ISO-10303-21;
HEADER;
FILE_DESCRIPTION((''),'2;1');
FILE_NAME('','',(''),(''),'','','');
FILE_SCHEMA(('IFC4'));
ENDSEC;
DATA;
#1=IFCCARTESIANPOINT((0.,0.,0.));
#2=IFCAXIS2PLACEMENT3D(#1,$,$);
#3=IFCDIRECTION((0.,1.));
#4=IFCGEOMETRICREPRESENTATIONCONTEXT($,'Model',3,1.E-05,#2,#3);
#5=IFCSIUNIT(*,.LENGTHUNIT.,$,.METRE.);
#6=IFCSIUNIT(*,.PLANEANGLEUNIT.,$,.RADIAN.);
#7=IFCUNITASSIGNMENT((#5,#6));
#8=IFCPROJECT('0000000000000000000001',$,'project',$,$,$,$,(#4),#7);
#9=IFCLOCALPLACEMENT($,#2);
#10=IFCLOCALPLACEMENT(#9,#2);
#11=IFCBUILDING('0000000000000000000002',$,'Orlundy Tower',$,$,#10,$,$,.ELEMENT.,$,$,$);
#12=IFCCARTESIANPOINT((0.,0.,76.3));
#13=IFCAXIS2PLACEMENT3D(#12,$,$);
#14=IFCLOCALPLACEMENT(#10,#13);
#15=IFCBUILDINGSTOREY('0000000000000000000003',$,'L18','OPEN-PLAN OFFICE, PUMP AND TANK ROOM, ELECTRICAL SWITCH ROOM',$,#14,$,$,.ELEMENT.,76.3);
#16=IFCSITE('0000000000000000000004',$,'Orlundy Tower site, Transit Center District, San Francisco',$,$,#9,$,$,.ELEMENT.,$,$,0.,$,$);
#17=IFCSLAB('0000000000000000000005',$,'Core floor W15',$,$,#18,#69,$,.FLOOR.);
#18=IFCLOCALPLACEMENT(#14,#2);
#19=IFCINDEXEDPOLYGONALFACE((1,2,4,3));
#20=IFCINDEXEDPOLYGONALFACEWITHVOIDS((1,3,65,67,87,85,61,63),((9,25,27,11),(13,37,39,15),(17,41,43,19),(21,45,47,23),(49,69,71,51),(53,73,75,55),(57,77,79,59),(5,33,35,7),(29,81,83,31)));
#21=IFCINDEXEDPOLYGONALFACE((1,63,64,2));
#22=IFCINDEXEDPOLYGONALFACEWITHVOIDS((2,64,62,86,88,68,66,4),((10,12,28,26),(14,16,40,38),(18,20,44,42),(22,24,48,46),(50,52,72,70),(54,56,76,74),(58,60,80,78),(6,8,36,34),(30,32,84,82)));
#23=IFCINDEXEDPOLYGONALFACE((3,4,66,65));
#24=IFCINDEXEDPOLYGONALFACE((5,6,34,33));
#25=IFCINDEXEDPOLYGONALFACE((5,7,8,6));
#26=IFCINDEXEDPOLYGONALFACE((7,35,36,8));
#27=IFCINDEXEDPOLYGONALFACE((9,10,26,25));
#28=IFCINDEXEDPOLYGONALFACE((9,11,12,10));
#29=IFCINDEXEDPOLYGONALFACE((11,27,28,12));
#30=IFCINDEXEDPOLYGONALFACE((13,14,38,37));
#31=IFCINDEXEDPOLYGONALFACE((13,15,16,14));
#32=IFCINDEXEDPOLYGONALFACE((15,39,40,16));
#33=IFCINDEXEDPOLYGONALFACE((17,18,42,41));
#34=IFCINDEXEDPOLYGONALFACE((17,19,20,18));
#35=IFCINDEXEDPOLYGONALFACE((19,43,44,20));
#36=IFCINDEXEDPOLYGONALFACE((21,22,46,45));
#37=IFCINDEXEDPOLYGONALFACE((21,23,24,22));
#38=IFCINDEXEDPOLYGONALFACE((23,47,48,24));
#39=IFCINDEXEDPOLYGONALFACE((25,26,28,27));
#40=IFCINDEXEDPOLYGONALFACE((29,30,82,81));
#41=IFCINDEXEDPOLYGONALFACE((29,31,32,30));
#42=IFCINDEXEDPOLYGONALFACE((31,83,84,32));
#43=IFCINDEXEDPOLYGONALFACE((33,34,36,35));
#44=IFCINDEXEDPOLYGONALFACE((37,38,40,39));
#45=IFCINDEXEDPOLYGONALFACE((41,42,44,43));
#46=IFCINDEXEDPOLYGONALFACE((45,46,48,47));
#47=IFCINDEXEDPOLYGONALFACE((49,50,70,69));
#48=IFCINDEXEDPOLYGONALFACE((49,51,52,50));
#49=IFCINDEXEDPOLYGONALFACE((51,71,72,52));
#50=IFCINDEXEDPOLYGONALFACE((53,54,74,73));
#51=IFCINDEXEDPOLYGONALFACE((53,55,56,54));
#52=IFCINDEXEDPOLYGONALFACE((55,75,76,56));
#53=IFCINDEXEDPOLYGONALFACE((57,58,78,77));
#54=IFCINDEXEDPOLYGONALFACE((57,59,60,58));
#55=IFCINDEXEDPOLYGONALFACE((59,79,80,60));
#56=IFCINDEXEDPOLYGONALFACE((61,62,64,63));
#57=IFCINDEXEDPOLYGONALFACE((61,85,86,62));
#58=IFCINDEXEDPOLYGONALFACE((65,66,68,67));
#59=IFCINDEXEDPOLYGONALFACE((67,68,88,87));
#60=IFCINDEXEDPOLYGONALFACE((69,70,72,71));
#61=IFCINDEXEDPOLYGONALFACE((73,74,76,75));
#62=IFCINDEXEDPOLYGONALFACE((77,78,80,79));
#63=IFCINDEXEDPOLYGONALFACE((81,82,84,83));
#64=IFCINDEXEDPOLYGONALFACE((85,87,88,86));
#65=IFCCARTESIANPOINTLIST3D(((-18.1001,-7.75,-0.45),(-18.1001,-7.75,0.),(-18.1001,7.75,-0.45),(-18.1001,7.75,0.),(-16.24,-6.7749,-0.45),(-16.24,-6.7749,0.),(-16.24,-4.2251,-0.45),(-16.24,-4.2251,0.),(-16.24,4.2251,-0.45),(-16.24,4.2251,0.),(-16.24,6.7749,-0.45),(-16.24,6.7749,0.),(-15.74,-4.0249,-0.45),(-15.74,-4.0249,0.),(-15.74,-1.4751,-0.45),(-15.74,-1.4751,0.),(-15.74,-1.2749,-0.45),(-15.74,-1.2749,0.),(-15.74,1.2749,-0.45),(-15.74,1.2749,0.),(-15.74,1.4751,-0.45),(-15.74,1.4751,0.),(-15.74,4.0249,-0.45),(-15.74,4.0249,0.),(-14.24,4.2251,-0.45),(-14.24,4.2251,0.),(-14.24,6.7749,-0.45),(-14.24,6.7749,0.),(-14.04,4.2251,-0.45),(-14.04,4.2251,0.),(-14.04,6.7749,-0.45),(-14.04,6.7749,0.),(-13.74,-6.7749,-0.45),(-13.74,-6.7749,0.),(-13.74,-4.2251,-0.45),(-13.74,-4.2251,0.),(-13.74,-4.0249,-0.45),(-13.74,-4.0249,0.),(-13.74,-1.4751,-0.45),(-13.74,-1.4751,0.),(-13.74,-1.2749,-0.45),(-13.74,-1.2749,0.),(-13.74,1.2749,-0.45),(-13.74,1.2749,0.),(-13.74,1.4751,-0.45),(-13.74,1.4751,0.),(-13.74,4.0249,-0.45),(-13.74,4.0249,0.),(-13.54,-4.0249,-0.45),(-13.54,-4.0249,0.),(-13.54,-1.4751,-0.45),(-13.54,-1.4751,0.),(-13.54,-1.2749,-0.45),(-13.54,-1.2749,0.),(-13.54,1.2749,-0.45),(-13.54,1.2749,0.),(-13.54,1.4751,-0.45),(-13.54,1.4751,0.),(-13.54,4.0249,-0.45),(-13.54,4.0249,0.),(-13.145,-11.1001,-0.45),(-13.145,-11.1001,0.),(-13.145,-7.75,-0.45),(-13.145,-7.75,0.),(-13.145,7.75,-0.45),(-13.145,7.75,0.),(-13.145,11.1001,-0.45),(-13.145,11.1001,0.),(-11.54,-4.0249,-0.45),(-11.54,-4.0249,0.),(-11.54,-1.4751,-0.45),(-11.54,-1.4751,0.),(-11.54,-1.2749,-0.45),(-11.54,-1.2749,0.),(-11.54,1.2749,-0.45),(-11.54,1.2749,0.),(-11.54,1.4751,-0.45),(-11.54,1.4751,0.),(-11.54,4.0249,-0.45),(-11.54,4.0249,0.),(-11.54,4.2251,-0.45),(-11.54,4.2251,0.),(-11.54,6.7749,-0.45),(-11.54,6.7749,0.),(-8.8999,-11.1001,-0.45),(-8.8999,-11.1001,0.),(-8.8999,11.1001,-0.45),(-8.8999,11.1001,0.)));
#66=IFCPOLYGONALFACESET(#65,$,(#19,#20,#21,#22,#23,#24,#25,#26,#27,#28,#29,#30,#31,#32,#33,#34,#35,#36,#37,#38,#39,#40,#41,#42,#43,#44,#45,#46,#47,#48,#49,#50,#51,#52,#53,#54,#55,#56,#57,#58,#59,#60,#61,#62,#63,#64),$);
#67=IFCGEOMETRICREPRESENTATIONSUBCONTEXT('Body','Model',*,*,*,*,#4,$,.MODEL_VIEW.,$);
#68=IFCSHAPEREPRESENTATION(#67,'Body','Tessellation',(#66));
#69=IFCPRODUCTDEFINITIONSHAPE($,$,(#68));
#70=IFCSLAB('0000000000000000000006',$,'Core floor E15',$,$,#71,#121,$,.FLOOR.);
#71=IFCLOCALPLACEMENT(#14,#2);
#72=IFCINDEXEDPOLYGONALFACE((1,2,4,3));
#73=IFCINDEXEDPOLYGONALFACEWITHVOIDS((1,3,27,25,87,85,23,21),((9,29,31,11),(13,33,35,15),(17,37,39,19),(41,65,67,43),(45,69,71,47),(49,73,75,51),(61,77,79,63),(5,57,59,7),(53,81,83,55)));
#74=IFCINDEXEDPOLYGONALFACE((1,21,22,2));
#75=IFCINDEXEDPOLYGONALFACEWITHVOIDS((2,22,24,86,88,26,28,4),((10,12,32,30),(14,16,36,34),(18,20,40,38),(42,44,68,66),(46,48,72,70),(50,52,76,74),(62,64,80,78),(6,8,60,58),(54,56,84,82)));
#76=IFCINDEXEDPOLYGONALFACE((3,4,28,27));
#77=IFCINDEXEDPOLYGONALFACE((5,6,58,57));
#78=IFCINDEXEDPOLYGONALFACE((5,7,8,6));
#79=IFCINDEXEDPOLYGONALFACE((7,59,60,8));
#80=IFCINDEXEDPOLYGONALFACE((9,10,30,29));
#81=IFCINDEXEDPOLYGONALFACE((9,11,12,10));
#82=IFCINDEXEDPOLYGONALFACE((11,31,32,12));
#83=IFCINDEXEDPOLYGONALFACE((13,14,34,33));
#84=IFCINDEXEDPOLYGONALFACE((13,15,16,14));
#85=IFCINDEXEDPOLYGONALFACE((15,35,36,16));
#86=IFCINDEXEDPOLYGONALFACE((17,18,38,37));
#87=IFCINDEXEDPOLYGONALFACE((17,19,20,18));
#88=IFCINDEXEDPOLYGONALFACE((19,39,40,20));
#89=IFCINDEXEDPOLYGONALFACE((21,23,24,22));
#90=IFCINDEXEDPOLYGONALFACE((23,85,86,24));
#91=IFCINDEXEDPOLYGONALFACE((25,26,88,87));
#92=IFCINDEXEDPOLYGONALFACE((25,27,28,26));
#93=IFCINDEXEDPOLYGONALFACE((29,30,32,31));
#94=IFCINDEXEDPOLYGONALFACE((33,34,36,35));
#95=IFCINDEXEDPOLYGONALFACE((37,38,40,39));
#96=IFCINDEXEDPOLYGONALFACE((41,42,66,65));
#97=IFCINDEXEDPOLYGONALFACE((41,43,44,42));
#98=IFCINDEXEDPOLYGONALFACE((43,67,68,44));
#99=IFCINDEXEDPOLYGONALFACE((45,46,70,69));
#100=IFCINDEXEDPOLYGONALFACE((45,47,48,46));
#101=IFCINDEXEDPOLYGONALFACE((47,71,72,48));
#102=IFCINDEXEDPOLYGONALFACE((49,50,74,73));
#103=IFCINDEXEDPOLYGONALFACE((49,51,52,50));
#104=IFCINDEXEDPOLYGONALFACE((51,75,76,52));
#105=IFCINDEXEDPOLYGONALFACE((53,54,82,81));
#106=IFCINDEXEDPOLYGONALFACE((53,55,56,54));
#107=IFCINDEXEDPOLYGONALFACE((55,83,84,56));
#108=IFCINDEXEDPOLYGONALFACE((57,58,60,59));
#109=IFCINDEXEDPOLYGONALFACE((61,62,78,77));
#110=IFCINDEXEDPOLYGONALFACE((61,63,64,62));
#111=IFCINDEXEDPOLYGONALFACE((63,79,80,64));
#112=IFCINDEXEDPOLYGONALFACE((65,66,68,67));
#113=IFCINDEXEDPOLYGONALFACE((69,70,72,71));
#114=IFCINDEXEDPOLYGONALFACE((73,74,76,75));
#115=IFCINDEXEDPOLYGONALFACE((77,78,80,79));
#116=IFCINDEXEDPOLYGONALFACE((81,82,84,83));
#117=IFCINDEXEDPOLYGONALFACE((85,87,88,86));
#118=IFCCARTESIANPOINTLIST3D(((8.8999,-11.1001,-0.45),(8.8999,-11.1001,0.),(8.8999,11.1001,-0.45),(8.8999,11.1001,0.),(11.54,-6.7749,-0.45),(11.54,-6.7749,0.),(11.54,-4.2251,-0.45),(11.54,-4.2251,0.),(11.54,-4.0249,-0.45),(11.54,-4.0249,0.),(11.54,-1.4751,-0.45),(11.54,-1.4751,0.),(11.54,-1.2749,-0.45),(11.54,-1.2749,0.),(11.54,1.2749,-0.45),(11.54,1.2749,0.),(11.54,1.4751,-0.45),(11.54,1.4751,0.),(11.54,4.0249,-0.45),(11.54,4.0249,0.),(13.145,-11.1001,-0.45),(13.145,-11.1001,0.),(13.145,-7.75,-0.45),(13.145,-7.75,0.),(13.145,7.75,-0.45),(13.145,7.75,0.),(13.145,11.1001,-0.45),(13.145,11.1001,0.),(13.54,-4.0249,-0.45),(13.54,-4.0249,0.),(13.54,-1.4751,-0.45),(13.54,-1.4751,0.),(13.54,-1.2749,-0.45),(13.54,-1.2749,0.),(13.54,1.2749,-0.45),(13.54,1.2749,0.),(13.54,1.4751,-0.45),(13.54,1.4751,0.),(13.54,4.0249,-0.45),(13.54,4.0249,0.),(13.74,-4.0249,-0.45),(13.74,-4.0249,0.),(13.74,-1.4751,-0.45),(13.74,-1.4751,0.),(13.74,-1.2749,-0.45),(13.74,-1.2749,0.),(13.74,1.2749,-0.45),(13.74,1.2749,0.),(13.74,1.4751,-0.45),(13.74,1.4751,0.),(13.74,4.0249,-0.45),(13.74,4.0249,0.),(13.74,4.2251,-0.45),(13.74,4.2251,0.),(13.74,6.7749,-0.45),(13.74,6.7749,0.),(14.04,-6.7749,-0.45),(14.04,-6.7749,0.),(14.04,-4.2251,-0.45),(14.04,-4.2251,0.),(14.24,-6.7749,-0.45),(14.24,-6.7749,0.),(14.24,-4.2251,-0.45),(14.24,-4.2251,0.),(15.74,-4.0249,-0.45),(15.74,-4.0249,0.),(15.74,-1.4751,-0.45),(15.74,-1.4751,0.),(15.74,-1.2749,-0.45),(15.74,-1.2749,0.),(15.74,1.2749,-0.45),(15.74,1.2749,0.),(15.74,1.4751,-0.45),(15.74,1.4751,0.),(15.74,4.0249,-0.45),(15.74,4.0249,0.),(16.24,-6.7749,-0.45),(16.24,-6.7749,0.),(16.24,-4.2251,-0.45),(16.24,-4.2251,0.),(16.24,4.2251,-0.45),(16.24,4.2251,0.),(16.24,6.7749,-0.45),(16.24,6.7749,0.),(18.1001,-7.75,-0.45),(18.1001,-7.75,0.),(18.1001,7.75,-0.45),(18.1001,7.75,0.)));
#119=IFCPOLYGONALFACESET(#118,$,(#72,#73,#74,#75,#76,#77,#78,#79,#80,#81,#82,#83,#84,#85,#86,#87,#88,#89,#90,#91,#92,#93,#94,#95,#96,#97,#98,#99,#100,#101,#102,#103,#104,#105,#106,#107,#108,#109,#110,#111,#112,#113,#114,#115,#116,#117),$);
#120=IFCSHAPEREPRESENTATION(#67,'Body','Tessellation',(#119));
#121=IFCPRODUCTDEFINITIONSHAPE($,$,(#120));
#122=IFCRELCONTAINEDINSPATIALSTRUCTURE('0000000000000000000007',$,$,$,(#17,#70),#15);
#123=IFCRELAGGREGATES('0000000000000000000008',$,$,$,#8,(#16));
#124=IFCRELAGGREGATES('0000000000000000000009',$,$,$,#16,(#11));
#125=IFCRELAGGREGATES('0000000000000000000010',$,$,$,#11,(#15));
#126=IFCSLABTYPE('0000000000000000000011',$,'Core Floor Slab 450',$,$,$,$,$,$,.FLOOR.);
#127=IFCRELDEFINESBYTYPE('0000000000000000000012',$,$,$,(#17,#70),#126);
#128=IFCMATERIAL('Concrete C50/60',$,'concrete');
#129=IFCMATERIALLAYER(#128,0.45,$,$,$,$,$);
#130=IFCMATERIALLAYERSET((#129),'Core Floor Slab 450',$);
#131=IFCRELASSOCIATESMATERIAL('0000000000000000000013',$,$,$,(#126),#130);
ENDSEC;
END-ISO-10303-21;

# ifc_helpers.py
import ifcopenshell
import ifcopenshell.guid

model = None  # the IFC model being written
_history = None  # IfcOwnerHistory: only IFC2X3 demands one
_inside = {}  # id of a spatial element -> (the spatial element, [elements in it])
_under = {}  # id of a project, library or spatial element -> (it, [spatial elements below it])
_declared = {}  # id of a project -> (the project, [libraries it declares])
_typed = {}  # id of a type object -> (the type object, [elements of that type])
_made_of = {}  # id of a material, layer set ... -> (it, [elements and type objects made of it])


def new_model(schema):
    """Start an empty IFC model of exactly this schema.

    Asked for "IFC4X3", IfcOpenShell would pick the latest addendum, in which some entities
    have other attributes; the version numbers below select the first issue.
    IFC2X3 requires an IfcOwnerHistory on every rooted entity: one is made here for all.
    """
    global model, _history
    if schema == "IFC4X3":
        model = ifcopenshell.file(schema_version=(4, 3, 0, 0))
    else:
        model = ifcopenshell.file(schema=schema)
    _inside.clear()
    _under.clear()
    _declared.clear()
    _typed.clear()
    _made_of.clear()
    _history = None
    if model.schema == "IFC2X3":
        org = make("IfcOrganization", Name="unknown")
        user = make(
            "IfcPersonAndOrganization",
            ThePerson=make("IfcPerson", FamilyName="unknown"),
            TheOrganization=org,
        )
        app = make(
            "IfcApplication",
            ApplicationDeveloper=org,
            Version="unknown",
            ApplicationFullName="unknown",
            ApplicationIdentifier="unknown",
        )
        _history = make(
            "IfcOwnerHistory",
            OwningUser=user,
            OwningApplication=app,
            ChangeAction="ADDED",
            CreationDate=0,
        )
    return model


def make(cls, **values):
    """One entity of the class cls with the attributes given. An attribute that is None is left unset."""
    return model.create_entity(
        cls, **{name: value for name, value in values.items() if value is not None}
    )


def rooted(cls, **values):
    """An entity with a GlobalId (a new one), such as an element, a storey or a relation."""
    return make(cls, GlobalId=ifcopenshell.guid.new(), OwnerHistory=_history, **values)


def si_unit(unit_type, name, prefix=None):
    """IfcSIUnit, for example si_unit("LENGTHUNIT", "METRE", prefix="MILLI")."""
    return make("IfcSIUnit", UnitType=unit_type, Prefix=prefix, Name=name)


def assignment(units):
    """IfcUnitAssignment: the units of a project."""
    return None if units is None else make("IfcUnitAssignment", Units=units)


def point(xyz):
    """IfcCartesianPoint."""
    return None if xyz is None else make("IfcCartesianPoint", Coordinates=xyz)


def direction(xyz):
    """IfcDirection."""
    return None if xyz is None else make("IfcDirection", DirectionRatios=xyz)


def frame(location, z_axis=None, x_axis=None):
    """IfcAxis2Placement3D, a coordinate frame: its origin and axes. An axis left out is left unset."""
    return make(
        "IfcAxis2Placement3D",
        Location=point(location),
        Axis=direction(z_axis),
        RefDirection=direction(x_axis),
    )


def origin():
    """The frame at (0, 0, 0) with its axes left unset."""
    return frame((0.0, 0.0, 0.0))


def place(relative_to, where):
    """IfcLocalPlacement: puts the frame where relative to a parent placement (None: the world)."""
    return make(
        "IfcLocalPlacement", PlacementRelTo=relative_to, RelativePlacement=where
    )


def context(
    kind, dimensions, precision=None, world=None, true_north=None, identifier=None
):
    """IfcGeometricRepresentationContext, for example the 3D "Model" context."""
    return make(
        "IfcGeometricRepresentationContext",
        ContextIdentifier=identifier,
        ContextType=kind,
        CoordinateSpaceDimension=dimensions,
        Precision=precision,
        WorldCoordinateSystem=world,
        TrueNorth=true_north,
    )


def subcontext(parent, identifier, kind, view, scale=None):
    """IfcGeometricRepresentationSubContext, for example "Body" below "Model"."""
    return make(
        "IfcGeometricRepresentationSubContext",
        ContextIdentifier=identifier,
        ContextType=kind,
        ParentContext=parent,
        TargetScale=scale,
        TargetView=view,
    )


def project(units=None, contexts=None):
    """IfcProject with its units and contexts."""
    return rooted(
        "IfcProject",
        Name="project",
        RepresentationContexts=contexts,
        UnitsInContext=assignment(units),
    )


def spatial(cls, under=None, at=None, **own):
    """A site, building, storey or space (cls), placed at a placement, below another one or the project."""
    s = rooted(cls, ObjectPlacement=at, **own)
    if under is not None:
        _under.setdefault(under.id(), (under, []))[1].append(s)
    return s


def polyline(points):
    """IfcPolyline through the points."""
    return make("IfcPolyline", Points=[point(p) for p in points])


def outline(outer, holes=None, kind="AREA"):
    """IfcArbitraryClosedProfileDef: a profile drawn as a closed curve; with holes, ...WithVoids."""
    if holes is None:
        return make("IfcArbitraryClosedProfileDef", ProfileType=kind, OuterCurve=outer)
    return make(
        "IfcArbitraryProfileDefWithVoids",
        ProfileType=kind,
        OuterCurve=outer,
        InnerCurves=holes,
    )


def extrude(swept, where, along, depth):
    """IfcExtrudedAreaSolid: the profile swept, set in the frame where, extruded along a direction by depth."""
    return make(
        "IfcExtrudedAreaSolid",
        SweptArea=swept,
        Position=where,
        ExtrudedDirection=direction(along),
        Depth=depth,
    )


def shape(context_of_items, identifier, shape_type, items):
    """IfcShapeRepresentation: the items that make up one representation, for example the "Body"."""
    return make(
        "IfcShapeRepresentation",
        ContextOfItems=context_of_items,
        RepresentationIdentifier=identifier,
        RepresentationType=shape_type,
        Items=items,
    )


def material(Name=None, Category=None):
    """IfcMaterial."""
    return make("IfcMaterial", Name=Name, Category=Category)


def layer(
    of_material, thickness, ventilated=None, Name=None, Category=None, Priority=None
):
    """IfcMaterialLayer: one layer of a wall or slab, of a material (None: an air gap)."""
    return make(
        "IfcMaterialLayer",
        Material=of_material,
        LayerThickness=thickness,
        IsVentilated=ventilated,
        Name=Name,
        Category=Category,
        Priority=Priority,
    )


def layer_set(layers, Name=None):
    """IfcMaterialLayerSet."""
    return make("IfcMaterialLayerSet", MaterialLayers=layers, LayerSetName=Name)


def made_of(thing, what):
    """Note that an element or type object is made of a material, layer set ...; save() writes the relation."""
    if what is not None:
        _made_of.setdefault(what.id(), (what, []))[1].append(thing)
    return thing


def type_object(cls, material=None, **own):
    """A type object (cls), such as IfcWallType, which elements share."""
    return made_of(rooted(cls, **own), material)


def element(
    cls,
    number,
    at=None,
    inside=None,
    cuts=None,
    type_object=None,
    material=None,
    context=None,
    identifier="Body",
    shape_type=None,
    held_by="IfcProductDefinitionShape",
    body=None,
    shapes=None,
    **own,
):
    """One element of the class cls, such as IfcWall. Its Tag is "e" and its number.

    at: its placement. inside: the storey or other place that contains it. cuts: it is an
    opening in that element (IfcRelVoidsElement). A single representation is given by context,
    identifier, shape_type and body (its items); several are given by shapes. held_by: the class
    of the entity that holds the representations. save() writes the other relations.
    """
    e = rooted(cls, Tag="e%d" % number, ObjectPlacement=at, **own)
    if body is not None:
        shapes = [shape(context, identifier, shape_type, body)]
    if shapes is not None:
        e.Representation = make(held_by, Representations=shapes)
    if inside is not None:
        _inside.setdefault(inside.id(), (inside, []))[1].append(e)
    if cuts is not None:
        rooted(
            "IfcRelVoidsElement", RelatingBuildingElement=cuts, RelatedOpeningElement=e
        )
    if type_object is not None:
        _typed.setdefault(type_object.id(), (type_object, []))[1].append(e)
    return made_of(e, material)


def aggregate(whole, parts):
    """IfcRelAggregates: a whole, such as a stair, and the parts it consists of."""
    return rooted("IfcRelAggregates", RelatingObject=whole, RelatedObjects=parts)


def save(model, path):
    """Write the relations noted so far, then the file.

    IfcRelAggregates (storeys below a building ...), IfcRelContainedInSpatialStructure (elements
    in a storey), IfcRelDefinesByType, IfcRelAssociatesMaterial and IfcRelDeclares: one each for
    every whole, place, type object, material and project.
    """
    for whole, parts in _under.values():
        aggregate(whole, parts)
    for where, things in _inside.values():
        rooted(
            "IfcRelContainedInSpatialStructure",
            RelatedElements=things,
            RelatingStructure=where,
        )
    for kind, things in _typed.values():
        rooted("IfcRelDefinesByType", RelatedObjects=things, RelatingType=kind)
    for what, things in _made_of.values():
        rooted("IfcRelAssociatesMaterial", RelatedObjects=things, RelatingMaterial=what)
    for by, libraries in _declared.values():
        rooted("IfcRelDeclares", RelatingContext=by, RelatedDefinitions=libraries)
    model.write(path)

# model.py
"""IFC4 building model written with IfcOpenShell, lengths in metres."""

from ifc_helpers import new_model, si_unit, direction, frame, origin, place, context, subcontext, project, spatial, polyline, outline, extrude, material, layer, layer_set, type_object, element, save


model = new_model("IFC4")

# Units and contexts
model_context = context("Model", 3, precision=1e-05, world=origin(), true_north=direction((0.0, 1.0)))
body_context = subcontext(model_context, "Body", "Model", "MODEL_VIEW")
ifc_project = project(units=[si_unit("LENGTHUNIT", "METRE"), si_unit("PLANEANGLEUNIT", "RADIAN")], contexts=[model_context])

# Site, building, storey
site_placement = place(None, origin())
site = spatial("IfcSite", under=ifc_project, at=site_placement, Name="Orlundy Tower site, Transit Center District, San Francisco", CompositionType="ELEMENT", RefElevation=0.0)
building_placement = place(site_placement, origin())
building = spatial("IfcBuilding", under=site, at=building_placement, Name="Orlundy Tower", CompositionType="ELEMENT")
storey_placement = place(building_placement, frame((0.0, 0.0, 76.3)))
storey = spatial("IfcBuildingStorey", under=building, at=storey_placement, Name="L18", Description="OPEN-PLAN OFFICE, PUMP AND TANK ROOM, ELECTRICAL SWITCH ROOM", CompositionType="ELEMENT", Elevation=76.3)

# Slabs
ifc_material_1 = material(Name="Concrete C50/60", Category="concrete")
ifc_layer_1 = layer(ifc_material_1, 0.45)
ifc_layer_set_1 = layer_set([ifc_layer_1], Name="Core Floor Slab 450")
slab_type_1 = type_object("IfcSlabType", Name="Core Floor Slab 450", PredefinedType="FLOOR", material=ifc_layer_set_1)
slab_1_placement = place(storey_placement, frame((0.0, 0.0, -0.45)))
element("IfcSlab", 1, at=slab_1_placement, inside=storey, type_object=slab_type_1, Name="Core floor W15", PredefinedType="FLOOR", context=body_context, shape_type="SweptSolid", body=[
    extrude(outline(polyline([(-13.145, 7.75), (-13.145, 11.1001), (-8.8999, 11.1001), (-8.8999, -11.1001), (-13.145, -11.1001), (-13.145, -7.75), (-18.1001, -7.75), (-18.1001, 7.75), (-13.145, 7.75)]), holes=[polyline([(-16.24, -6.7749), (-13.74, -6.7749), (-13.74, -4.2251), (-16.24, -4.2251), (-16.24, -6.7749)]), polyline([(-13.54, -1.4751), (-13.54, -4.0249), (-11.54, -4.0249), (-11.54, -1.4751), (-13.54, -1.4751)]), polyline([(-13.74, -1.4751), (-15.74, -1.4751), (-15.74, -4.0249), (-13.74, -4.0249), (-13.74, -1.4751)]), polyline([(-11.54, -1.2749), (-11.54, 1.2749), (-13.54, 1.2749), (-13.54, -1.2749), (-11.54, -1.2749)]), polyline([(-15.74, -1.2749), (-13.74, -1.2749), (-13.74, 1.2749), (-15.74, 1.2749), (-15.74, -1.2749)]), polyline([(-13.54, 4.0249), (-13.54, 1.4751), (-11.54, 1.4751), (-11.54, 4.0249), (-13.54, 4.0249)]), polyline([(-13.74, 4.0249), (-15.74, 4.0249), (-15.74, 1.4751), (-13.74, 1.4751), (-13.74, 4.0249)]), polyline([(-11.54, 4.2251), (-11.54, 6.7749), (-14.04, 6.7749), (-14.04, 4.2251), (-11.54, 4.2251)]), polyline([(-16.24, 4.2251), (-14.24, 4.2251), (-14.24, 6.7749), (-16.24, 6.7749), (-16.24, 4.2251)])]), origin(), (0.0, 0.0, 1.0), 0.45),
])
slab_2_placement = place(storey_placement, frame((0.0, 0.0, -0.45)))
element("IfcSlab", 2, at=slab_2_placement, inside=storey, type_object=slab_type_1, Name="Core floor E15", PredefinedType="FLOOR", context=body_context, shape_type="SweptSolid", body=[
    extrude(outline(polyline([(13.145, -7.75), (13.145, -11.1001), (8.8999, -11.1001), (8.8999, 11.1001), (13.145, 11.1001), (13.145, 7.75), (18.1001, 7.75), (18.1001, -7.75), (13.145, -7.75)]), holes=[polyline([(16.24, 6.7749), (13.74, 6.7749), (13.74, 4.2251), (16.24, 4.2251), (16.24, 6.7749)]), polyline([(13.54, 1.4751), (13.54, 4.0249), (11.54, 4.0249), (11.54, 1.4751), (13.54, 1.4751)]), polyline([(13.74, 1.4751), (15.74, 1.4751), (15.74, 4.0249), (13.74, 4.0249), (13.74, 1.4751)]), polyline([(11.54, 1.2749), (11.54, -1.2749), (13.54, -1.2749), (13.54, 1.2749), (11.54, 1.2749)]), polyline([(15.74, 1.2749), (13.74, 1.2749), (13.74, -1.2749), (15.74, -1.2749), (15.74, 1.2749)]), polyline([(13.54, -4.0249), (13.54, -1.4751), (11.54, -1.4751), (11.54, -4.0249), (13.54, -4.0249)]), polyline([(13.74, -4.0249), (15.74, -4.0249), (15.74, -1.4751), (13.74, -1.4751), (13.74, -4.0249)]), polyline([(11.54, -4.2251), (11.54, -6.7749), (14.04, -6.7749), (14.04, -4.2251), (11.54, -4.2251)]), polyline([(16.24, -4.2251), (14.24, -4.2251), (14.24, -6.7749), (16.24, -6.7749), (16.24, -4.2251)])]), origin(), (0.0, 0.0, 1.0), 0.45),
])

save(model, "model.ifc")
